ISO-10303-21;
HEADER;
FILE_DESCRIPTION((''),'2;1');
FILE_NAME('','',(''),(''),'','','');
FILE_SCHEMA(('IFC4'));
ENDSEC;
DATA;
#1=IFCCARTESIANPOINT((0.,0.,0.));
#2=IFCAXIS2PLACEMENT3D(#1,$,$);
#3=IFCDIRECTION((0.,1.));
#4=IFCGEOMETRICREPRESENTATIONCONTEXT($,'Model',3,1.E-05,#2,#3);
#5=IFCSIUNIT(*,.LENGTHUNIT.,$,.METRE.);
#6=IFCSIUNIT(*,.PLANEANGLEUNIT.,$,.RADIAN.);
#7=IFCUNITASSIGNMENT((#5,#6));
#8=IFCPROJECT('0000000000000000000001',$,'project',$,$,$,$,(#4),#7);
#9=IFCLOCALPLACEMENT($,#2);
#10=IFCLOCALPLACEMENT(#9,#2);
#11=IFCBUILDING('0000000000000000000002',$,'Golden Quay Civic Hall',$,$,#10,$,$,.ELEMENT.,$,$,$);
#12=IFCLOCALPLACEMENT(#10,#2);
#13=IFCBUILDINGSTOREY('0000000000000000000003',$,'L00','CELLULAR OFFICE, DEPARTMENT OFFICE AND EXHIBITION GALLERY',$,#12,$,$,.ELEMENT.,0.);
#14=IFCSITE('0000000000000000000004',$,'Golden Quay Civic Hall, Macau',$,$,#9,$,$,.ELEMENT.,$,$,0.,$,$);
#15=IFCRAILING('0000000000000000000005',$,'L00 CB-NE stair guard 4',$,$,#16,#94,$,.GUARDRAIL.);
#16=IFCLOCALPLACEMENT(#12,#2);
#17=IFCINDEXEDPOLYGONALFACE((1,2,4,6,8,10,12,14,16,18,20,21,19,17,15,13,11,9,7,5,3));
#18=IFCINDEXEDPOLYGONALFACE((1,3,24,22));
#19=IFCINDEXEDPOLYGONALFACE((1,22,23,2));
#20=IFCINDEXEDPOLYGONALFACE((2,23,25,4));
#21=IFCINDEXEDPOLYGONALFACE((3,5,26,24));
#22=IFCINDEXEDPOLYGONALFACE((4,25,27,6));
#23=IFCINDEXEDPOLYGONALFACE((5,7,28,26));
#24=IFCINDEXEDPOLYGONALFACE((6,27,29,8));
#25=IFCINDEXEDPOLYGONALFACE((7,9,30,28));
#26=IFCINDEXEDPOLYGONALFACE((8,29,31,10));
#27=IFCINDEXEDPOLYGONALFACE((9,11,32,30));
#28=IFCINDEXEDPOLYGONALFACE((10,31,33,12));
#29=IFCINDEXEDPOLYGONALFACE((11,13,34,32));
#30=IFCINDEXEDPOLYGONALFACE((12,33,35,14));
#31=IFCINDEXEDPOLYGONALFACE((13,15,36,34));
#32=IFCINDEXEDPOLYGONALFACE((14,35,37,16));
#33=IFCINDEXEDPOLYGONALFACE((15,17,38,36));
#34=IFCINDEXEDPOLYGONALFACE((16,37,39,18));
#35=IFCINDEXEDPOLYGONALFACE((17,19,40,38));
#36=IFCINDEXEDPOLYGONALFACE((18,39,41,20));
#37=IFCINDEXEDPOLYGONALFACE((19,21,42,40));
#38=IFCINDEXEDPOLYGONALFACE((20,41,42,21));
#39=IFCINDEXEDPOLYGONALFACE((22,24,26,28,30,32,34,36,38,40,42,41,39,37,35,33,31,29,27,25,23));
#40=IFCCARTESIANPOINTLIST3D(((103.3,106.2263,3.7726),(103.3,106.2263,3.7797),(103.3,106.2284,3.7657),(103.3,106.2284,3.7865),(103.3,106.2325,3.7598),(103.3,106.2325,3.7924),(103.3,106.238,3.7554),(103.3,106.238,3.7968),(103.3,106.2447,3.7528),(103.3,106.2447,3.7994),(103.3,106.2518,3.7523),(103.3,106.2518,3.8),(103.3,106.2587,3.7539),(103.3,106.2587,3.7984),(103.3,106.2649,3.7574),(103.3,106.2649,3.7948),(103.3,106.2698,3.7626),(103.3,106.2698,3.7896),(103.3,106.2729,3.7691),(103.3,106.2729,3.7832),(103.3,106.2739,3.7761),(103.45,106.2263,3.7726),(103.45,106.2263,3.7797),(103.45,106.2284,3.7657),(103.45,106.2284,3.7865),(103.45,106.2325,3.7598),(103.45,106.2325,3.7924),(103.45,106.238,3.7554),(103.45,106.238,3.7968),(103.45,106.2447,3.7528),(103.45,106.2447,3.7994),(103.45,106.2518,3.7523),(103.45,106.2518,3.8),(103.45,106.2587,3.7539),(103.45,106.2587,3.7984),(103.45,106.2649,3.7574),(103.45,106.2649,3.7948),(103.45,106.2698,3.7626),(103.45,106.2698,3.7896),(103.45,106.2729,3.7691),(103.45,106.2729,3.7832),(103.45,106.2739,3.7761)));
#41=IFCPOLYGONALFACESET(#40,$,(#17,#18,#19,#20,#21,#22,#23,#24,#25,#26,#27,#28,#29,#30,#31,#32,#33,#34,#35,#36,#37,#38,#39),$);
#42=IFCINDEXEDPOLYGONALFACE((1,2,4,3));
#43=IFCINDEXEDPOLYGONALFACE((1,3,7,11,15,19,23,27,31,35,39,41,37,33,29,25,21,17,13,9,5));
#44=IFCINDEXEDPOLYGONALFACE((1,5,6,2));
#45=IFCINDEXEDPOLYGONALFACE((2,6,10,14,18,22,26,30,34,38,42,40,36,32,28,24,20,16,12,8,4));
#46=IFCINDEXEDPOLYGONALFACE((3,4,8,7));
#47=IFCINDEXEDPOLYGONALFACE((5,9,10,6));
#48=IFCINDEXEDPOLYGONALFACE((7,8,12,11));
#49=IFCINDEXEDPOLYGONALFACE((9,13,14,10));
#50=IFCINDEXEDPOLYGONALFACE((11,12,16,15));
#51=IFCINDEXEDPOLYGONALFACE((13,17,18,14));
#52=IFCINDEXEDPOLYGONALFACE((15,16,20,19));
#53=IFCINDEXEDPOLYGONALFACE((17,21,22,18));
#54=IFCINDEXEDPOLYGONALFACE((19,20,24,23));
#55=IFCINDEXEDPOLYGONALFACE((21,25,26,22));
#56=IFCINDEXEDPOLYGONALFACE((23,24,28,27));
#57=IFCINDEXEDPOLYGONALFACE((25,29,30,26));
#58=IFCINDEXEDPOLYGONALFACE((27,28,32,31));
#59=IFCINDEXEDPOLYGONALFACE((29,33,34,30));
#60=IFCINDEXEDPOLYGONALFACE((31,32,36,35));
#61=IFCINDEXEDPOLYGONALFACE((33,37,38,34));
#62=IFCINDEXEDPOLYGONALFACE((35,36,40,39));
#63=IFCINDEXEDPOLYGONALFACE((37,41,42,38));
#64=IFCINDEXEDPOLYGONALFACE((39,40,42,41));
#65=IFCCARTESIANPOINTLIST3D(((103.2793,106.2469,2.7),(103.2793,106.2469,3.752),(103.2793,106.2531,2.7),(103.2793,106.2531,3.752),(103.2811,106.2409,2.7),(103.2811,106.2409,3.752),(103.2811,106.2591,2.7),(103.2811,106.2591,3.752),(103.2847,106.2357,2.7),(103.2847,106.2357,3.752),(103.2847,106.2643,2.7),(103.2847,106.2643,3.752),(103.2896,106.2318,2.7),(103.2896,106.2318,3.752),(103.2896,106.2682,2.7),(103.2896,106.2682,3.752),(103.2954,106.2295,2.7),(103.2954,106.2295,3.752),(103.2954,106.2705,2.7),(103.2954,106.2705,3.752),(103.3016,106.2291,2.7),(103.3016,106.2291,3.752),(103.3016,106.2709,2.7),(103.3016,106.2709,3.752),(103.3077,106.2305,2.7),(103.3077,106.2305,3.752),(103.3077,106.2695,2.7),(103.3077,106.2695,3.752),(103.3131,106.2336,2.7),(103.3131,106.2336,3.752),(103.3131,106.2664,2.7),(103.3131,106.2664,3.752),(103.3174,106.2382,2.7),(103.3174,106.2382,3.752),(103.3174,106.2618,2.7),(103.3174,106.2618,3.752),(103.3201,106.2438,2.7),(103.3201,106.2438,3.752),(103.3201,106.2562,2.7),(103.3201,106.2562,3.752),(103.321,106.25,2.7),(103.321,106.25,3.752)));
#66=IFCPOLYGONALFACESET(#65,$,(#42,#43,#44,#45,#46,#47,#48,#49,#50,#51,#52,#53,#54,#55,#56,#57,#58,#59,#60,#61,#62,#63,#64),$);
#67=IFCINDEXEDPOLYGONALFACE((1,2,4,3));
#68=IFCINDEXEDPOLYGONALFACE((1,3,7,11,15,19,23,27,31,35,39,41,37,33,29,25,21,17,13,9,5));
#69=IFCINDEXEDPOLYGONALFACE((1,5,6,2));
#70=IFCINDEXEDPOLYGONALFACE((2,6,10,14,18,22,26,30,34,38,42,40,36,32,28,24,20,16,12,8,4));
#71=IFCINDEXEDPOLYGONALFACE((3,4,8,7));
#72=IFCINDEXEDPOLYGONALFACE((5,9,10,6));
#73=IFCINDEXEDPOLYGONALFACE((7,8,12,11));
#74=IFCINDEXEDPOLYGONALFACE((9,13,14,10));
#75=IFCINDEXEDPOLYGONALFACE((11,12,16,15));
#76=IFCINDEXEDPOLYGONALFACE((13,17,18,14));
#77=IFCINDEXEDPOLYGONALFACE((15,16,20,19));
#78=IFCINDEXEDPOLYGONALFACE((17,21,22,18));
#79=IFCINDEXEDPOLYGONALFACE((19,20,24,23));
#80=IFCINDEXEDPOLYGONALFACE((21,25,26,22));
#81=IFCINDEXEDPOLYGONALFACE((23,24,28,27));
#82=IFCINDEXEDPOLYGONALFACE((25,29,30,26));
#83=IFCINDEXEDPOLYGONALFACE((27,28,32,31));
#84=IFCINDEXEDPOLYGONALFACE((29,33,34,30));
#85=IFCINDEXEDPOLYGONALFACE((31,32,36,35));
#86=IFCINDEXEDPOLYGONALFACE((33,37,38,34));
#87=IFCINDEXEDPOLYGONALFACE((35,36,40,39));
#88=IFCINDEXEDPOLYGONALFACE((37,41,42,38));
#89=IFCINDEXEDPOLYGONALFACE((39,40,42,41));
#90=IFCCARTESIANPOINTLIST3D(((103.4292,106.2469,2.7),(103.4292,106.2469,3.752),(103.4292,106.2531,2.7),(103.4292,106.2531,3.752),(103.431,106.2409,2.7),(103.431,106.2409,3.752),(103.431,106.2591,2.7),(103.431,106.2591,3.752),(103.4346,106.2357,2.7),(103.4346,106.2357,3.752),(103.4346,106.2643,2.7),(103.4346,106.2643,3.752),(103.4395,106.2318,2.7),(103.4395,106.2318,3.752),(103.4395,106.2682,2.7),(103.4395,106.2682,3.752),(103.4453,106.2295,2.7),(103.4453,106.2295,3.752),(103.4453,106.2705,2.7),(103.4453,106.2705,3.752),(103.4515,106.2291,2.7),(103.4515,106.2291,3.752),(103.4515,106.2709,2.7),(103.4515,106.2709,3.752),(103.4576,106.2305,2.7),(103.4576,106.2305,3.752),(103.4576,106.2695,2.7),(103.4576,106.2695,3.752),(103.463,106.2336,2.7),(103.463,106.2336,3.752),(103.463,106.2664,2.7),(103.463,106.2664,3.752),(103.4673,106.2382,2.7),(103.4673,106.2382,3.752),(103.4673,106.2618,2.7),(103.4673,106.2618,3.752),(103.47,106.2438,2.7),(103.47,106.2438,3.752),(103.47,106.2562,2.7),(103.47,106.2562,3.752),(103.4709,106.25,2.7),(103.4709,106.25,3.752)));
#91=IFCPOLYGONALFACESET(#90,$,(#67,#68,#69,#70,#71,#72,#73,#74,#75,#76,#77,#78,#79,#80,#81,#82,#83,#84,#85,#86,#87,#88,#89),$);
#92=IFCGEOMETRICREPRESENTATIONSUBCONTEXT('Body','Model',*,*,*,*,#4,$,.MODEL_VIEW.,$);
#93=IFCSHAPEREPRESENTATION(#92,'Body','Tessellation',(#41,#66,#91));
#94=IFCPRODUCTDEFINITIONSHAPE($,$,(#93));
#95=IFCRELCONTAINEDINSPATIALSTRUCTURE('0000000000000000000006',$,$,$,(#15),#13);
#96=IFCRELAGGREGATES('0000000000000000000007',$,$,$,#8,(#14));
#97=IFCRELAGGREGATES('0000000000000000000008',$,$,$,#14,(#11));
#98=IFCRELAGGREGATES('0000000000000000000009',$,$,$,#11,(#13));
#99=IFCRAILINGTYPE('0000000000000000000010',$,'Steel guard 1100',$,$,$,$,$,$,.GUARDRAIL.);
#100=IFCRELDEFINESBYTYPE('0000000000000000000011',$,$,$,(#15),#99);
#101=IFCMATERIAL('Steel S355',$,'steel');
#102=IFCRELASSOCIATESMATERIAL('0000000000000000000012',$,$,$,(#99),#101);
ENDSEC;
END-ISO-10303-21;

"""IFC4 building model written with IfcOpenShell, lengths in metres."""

from ifc_helpers import new_model, si_unit, direction, frame, origin, origin_2d, place, context, subcontext, project, spatial, circle, extrude, material, type_object, element, save


model = new_model("IFC4")

# Units and contexts
model_context = context("Model", 3, precision=1e-05, world=origin(), true_north=direction((0.0, 1.0)))
body_context = subcontext(model_context, "Body", "Model", "MODEL_VIEW")
ifc_project = project(units=[si_unit("LENGTHUNIT", "METRE"), si_unit("PLANEANGLEUNIT", "RADIAN")], contexts=[model_context])

# Site, building, storey
site_placement = place(None, origin())
site = spatial("IfcSite", under=ifc_project, at=site_placement, Name="Golden Quay Civic Hall, Macau", CompositionType="ELEMENT", RefElevation=0.0)
building_placement = place(site_placement, origin())
building = spatial("IfcBuilding", under=site, at=building_placement, Name="Golden Quay Civic Hall", CompositionType="ELEMENT")
storey_placement = place(building_placement, origin())
storey = spatial("IfcBuildingStorey", under=building, at=storey_placement, Name="L00", Description="CELLULAR OFFICE, DEPARTMENT OFFICE AND EXHIBITION GALLERY", CompositionType="ELEMENT", Elevation=0.0)

# Railing
ifc_material_1 = material(Name="Steel S355", Category="steel")
railing_type_1 = type_object("IfcRailingType", Name="Steel guard 1100", PredefinedType="GUARDRAIL", material=ifc_material_1)
railing_1_placement = place(storey_placement, frame((103.3, 106.25, 2.7)))
element("IfcRailing", 1, at=railing_1_placement, inside=storey, type_object=railing_type_1, Name="L00 CB-NE stair guard 4", PredefinedType="GUARDRAIL", context=body_context, shape_type="SweptSolid", body=[
    extrude(circle(Radius=0.0239, at=origin_2d()), frame((0.0, 0.0, 1.0762), z_axis=(1.0, 0.0, 0.0), x_axis=(0.0, 1.0, 0.0)), (0.0, 0.0, 1.0), 0.1499),
    extrude(circle(Radius=0.021, at=origin_2d()), origin(), (0.0, 0.0, 1.0), 1.052),
    extrude(circle(Radius=0.021, at=origin_2d()), frame((0.1499, 0.0, 0.0)), (0.0, 0.0, 1.0), 1.052),
])

save(model, "model.ifc")
